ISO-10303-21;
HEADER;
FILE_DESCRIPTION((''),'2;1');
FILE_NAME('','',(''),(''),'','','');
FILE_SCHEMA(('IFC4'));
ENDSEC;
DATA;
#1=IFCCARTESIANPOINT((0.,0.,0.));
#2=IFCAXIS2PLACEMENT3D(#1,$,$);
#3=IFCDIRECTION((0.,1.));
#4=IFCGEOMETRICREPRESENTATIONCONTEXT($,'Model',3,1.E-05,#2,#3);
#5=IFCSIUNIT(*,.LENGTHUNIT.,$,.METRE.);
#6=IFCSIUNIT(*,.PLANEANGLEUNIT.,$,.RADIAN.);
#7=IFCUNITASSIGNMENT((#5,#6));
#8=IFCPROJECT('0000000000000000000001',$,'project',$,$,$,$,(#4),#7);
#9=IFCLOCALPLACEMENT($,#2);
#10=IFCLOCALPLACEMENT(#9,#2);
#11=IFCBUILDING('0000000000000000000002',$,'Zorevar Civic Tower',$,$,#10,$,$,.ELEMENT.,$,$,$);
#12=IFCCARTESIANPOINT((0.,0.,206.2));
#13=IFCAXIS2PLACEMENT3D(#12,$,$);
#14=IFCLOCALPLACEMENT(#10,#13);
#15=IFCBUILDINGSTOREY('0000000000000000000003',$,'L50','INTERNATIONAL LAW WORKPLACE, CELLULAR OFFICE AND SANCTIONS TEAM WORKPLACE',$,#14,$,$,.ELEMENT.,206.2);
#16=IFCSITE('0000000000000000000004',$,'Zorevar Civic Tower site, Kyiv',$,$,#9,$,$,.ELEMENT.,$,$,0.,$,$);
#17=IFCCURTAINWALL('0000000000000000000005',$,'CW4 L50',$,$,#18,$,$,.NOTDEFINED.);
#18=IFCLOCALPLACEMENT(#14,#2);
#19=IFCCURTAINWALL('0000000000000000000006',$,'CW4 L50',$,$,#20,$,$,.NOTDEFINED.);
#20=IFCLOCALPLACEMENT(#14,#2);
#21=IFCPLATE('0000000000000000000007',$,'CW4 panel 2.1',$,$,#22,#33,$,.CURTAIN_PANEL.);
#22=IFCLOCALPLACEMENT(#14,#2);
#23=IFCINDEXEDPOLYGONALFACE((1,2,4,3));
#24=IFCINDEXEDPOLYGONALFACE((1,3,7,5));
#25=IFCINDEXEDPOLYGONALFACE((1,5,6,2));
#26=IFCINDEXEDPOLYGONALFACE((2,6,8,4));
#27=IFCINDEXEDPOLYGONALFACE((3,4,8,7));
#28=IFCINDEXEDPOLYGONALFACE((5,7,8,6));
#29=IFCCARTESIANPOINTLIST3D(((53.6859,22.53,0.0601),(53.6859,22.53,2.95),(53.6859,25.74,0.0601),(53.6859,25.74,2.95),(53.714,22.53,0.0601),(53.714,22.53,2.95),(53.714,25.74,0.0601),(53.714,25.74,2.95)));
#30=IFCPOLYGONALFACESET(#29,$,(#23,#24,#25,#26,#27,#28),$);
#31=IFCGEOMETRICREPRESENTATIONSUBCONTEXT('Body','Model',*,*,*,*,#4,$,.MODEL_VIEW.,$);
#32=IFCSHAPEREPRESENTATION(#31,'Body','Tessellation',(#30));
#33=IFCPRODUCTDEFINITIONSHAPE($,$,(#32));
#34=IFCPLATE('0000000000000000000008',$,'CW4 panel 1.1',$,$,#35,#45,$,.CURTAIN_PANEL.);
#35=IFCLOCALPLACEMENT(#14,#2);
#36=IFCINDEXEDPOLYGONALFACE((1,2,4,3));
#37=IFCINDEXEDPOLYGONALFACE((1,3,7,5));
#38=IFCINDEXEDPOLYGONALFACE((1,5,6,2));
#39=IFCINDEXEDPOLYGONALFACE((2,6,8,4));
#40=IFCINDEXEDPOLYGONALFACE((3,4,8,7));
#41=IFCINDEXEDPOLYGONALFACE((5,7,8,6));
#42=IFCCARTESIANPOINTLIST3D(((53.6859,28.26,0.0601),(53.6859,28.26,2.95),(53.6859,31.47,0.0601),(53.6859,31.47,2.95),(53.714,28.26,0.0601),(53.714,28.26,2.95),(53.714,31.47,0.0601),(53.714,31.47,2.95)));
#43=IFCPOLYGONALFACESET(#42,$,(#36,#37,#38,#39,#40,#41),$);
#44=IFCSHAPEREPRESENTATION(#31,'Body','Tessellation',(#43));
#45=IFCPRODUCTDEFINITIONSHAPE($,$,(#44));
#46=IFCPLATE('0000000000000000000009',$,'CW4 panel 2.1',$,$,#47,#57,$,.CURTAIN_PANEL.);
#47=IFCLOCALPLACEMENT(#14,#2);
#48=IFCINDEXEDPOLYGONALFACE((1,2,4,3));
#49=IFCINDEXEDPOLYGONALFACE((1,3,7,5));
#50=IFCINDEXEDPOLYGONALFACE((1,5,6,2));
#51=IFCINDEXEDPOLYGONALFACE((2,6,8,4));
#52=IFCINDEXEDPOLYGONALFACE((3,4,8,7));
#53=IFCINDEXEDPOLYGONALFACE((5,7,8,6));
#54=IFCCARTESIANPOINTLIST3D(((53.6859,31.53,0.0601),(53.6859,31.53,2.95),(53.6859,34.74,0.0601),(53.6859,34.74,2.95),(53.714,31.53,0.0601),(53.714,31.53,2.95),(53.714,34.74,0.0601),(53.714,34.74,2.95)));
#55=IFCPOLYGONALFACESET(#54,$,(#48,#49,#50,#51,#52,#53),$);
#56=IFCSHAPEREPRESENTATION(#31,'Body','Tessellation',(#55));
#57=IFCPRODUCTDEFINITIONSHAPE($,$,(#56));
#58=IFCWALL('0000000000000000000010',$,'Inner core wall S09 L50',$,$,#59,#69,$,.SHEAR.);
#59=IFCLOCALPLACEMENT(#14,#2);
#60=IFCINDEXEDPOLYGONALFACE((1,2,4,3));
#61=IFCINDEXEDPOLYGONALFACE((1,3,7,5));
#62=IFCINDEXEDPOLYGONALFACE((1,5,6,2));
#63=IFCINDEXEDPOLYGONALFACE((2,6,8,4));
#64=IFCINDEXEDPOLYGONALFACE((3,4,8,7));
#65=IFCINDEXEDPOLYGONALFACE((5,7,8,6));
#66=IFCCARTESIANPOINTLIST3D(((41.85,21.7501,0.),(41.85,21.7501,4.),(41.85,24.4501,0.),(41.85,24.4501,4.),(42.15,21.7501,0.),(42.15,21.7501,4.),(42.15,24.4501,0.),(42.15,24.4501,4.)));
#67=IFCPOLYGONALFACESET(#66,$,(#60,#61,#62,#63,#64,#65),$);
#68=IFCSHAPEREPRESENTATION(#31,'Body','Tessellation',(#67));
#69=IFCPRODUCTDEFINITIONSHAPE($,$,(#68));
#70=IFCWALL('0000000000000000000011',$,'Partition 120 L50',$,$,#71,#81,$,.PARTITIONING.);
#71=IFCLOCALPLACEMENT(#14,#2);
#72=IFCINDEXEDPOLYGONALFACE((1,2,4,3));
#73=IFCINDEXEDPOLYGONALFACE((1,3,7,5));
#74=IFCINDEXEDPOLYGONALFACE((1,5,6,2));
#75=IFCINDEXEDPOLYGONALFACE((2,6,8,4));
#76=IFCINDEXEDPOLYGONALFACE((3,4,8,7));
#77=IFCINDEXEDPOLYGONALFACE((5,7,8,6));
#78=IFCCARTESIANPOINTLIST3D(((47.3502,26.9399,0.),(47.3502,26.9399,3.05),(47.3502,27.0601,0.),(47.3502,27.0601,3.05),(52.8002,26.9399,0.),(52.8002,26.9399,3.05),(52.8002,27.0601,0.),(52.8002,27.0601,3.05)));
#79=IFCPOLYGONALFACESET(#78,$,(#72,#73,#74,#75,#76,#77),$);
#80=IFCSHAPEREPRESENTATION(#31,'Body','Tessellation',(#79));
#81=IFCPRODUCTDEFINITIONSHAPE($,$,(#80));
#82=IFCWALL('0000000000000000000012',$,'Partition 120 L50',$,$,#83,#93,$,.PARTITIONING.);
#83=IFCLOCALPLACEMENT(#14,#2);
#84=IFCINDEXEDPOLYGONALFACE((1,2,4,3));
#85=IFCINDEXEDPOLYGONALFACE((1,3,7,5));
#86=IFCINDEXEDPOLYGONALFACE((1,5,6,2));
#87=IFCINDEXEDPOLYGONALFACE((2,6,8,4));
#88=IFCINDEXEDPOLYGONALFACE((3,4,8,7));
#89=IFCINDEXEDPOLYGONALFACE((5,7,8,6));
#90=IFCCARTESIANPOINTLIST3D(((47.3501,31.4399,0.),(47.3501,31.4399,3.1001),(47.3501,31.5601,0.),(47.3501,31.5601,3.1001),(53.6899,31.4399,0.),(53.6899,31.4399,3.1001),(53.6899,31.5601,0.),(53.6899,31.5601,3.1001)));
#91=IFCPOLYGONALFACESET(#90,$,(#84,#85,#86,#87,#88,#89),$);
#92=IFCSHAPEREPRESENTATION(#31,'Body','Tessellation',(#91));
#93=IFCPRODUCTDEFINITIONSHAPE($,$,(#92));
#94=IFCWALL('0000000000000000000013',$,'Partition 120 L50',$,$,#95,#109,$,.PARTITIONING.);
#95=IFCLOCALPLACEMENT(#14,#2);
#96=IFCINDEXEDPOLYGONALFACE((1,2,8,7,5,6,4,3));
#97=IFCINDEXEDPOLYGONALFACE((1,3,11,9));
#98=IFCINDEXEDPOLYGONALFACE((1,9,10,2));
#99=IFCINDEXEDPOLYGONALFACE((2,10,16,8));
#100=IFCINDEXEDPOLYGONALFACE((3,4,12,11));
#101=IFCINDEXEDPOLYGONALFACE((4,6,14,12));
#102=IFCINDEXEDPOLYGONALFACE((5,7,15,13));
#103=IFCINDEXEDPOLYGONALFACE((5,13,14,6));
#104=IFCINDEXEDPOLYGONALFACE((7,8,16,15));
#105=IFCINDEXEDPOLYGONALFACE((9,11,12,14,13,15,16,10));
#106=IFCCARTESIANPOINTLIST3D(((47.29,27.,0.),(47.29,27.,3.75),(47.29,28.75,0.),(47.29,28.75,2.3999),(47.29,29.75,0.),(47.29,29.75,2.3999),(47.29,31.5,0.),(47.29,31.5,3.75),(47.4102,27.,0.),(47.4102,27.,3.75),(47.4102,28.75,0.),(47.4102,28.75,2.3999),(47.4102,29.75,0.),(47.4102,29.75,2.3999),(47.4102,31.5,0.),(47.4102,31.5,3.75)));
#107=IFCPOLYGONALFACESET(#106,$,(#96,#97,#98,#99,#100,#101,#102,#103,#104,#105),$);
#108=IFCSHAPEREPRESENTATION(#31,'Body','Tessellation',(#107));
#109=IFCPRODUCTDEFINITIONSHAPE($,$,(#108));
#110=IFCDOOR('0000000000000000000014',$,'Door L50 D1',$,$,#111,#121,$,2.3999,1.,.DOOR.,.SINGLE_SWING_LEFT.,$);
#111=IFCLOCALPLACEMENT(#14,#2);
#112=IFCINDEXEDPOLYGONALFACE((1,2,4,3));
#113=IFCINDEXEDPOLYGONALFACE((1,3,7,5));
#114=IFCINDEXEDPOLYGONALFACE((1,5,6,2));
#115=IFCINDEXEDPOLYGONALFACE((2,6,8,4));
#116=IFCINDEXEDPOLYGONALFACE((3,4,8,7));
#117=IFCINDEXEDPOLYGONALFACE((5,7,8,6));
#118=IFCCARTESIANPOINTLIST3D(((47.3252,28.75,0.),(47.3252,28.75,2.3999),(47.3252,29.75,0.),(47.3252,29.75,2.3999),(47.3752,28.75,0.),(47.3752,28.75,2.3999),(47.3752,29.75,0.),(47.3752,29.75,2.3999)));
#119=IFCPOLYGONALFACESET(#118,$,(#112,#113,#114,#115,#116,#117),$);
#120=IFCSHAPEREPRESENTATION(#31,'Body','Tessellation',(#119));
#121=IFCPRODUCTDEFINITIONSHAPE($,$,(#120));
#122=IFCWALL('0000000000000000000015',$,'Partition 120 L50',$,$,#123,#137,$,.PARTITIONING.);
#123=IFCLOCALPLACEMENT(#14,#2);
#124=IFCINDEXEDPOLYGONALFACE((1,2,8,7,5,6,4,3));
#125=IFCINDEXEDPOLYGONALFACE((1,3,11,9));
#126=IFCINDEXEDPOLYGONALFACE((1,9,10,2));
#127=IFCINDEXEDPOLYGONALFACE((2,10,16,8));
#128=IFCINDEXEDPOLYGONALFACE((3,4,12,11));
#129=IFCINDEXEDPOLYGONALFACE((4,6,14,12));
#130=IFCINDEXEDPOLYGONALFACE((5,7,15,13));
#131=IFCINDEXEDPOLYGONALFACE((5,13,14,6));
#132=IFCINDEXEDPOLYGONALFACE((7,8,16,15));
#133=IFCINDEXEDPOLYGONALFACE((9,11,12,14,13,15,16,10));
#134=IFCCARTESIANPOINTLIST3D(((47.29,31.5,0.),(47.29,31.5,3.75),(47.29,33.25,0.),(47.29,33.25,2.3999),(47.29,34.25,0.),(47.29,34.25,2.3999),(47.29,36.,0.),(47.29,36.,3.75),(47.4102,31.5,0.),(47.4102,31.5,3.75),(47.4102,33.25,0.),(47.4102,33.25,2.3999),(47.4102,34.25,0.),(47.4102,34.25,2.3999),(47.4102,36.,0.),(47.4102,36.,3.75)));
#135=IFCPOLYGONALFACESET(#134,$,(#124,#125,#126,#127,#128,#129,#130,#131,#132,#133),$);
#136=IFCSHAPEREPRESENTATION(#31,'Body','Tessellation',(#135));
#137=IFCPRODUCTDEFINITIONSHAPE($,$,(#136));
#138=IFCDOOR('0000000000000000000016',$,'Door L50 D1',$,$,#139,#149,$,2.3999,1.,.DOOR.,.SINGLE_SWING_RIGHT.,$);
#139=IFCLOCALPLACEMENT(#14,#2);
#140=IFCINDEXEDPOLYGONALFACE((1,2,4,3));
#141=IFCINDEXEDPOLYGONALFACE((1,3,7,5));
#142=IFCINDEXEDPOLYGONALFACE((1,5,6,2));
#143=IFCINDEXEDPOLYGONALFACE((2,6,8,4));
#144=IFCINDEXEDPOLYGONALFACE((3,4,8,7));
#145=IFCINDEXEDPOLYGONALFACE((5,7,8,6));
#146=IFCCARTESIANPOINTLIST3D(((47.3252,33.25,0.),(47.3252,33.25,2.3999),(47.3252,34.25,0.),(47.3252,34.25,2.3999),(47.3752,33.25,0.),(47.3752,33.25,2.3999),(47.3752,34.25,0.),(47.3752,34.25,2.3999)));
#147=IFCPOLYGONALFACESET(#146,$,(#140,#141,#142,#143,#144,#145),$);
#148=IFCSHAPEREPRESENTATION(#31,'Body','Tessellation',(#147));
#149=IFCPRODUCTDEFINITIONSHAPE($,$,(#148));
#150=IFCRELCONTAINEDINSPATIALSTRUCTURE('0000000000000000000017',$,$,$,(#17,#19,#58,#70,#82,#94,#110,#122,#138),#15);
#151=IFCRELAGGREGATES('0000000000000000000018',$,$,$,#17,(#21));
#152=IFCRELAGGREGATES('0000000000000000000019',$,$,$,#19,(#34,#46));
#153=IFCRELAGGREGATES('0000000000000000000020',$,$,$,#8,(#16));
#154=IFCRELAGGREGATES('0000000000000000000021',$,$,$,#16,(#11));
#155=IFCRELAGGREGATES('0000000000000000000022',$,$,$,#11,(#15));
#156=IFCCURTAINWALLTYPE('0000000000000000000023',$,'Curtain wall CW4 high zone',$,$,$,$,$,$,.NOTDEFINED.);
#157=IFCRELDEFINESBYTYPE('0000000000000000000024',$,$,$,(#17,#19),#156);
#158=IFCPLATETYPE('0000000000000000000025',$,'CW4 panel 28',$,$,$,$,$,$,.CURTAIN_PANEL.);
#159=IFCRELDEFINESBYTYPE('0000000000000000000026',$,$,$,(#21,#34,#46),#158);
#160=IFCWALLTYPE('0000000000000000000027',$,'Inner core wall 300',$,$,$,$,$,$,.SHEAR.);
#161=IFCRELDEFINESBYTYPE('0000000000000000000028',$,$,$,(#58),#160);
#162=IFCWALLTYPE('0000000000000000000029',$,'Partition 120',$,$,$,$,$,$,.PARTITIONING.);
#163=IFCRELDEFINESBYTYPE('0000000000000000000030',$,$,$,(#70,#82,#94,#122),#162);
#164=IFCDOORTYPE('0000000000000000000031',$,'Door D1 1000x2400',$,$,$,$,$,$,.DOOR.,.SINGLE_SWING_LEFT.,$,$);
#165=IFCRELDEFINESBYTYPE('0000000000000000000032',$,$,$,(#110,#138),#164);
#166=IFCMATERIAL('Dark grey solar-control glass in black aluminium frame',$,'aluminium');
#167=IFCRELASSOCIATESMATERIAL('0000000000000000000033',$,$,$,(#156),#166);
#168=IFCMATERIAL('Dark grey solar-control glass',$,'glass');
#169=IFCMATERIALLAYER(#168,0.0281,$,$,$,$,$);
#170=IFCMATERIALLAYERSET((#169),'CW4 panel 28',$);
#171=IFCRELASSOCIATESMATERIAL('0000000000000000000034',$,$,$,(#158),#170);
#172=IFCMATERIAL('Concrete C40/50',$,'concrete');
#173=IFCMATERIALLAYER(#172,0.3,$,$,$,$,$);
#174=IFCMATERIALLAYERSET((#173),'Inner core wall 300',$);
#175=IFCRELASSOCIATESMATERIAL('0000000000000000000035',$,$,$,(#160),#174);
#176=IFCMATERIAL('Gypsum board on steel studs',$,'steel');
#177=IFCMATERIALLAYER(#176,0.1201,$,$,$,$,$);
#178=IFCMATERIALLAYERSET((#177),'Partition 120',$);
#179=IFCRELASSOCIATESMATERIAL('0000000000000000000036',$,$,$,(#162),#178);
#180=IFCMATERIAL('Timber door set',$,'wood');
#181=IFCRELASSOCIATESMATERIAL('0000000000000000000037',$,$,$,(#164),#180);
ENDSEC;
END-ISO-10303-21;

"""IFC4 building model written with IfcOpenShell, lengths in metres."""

from ifc_helpers import new_model, si_unit, direction, frame, frame_2d, origin, origin_2d, place, context, subcontext, project, spatial, rectangle, extrude, material, layer, layer_set, type_object, element, fill, aggregate, save


model = new_model("IFC4")

# Units and contexts
model_context = context("Model", 3, precision=1e-05, world=origin(), true_north=direction((0.0, 1.0)))
body_context = subcontext(model_context, "Body", "Model", "MODEL_VIEW")
ifc_project = project(units=[si_unit("LENGTHUNIT", "METRE"), si_unit("PLANEANGLEUNIT", "RADIAN")], contexts=[model_context])

# Site, building, storey
site_placement = place(None, origin())
site = spatial("IfcSite", under=ifc_project, at=site_placement, Name="Zorevar Civic Tower site, Kyiv", CompositionType="ELEMENT", RefElevation=0.0)
building_placement = place(site_placement, origin())
building = spatial("IfcBuilding", under=site, at=building_placement, Name="Zorevar Civic Tower", CompositionType="ELEMENT")
storey_placement = place(building_placement, frame((0.0, 0.0, 206.2)))
storey = spatial("IfcBuildingStorey", under=building, at=storey_placement, Name="L50", Description="INTERNATIONAL LAW WORKPLACE, CELLULAR OFFICE AND SANCTIONS TEAM WORKPLACE", CompositionType="ELEMENT", Elevation=206.2)

# Curtain walls
ifc_material_1 = material(Name="Dark grey solar-control glass in black aluminium frame", Category="aluminium")
curtain_wall_type = type_object("IfcCurtainWallType", Name="Curtain wall CW4 high zone", PredefinedType="NOTDEFINED", material=ifc_material_1)
curtain_wall_1_placement = place(storey_placement, origin())
curtain_wall_1 = element("IfcCurtainWall", 1, at=curtain_wall_1_placement, inside=storey, type_object=curtain_wall_type, Name="CW4 L50", PredefinedType="NOTDEFINED")
curtain_wall_2_placement = place(storey_placement, origin())
curtain_wall_2 = element("IfcCurtainWall", 2, at=curtain_wall_2_placement, inside=storey, type_object=curtain_wall_type, Name="CW4 L50", PredefinedType="NOTDEFINED")

# Plates
ifc_material_2 = material(Name="Dark grey solar-control glass", Category="glass")
ifc_layer_1 = layer(ifc_material_2, 0.0281)
ifc_layer_set_1 = layer_set([ifc_layer_1], Name="CW4 panel 28")
plate_type = type_object("IfcPlateType", Name="CW4 panel 28", PredefinedType="CURTAIN_PANEL", material=ifc_layer_set_1)
plate_1_placement = place(storey_placement, frame((53.7, 24.135, 0.0601), z_axis=(0.0, 0.0, 1.0), x_axis=(0.0, 1.0, 0.0)))
plate_1 = element("IfcPlate", 3, at=plate_1_placement, type_object=plate_type, Name="CW4 panel 2.1", PredefinedType="CURTAIN_PANEL", context=body_context, shape_type="SweptSolid", body=[
    extrude(rectangle(XDim=3.21, YDim=0.0281, at=origin_2d()), origin(), (0.0, 0.0, 1.0), 2.8899),
])
aggregate(curtain_wall_1, [plate_1])
plate_2_placement = place(storey_placement, frame((53.7, 29.865, 0.0601), z_axis=(0.0, 0.0, 1.0), x_axis=(0.0, 1.0, 0.0)))
plate_2 = element("IfcPlate", 4, at=plate_2_placement, type_object=plate_type, Name="CW4 panel 1.1", PredefinedType="CURTAIN_PANEL", context=body_context, shape_type="SweptSolid", body=[
    extrude(rectangle(XDim=3.21, YDim=0.0281, at=origin_2d()), origin(), (0.0, 0.0, 1.0), 2.8899),
])
plate_3_placement = place(storey_placement, frame((53.7, 33.135, 0.0601), z_axis=(0.0, 0.0, 1.0), x_axis=(0.0, 1.0, 0.0)))
plate_3 = element("IfcPlate", 5, at=plate_3_placement, type_object=plate_type, Name="CW4 panel 2.1", PredefinedType="CURTAIN_PANEL", context=body_context, shape_type="SweptSolid", body=[
    extrude(rectangle(XDim=3.21, YDim=0.0281, at=origin_2d()), origin(), (0.0, 0.0, 1.0), 2.8899),
])
aggregate(curtain_wall_2, [plate_2, plate_3])

# Shared definitions
ifc_material_3 = material(Name="Concrete C40/50", Category="concrete")
ifc_layer_2 = layer(ifc_material_3, 0.3)
ifc_layer_set_2 = layer_set([ifc_layer_2], Name="Inner core wall 300")
wall_type_1 = type_object("IfcWallType", Name="Inner core wall 300", PredefinedType="SHEAR", material=ifc_layer_set_2)

# Walls
wall_1_placement = place(storey_placement, frame((42.0, 21.75, 0.0), z_axis=(0.0, 0.0, 1.0), x_axis=(0.0, 1.0, 0.0)))
element("IfcWall", 6, at=wall_1_placement, inside=storey, type_object=wall_type_1, Name="Inner core wall S09 L50", PredefinedType="SHEAR", context=body_context, shape_type="SweptSolid", body=[
    extrude(rectangle(XDim=2.7, YDim=0.3, at=frame_2d((1.3501, 0.0))), origin(), (0.0, 0.0, 1.0), 4.0),
])
ifc_material_4 = material(Name="Gypsum board on steel studs", Category="steel")
ifc_layer_3 = layer(ifc_material_4, 0.1201)
ifc_layer_set_3 = layer_set([ifc_layer_3], Name="Partition 120")
wall_type_2 = type_object("IfcWallType", Name="Partition 120", PredefinedType="PARTITIONING", material=ifc_layer_set_3)
wall_2_placement = place(storey_placement, frame((47.3501, 27.0, 0.0), z_axis=(0.0, 0.0, 1.0), x_axis=(1.0, 0.0, 0.0)))
element("IfcWall", 7, at=wall_2_placement, inside=storey, type_object=wall_type_2, Name="Partition 120 L50", PredefinedType="PARTITIONING", context=body_context, shape_type="SweptSolid", body=[
    extrude(rectangle(XDim=5.45, YDim=0.1201, at=frame_2d((2.7251, 0.0))), origin(), (0.0, 0.0, 1.0), 3.05),
])
wall_3_placement = place(storey_placement, frame((47.3501, 31.5, 0.0), z_axis=(0.0, 0.0, 1.0), x_axis=(1.0, 0.0, 0.0)))
element("IfcWall", 8, at=wall_3_placement, inside=storey, type_object=wall_type_2, Name="Partition 120 L50", PredefinedType="PARTITIONING", context=body_context, shape_type="SweptSolid", body=[
    extrude(rectangle(XDim=6.3398, YDim=0.1201, at=frame_2d((3.1699, 0.0))), origin(), (0.0, 0.0, 1.0), 3.1001),
])

# Walls, openings, doors
wall_4_placement = place(storey_placement, frame((47.3501, 27.0, 0.0), z_axis=(0.0, 0.0, 1.0), x_axis=(0.0, 1.0, 0.0)))
wall_4 = element("IfcWall", 9, at=wall_4_placement, inside=storey, type_object=wall_type_2, Name="Partition 120 L50", PredefinedType="PARTITIONING", context=body_context, shape_type="SweptSolid", body=[
    extrude(rectangle(XDim=4.5, YDim=0.1201, at=frame_2d((2.25, 0.0))), origin(), (0.0, 0.0, 1.0), 3.75),
])
opening_1_placement = place(wall_4_placement, frame((1.75, 0.0, 0.0)))
opening_1 = element("IfcOpeningElement", 10, at=opening_1_placement, cuts=wall_4, PredefinedType="OPENING", context=body_context, shape_type="SweptSolid", body=[
    extrude(rectangle(XDim=1.0, YDim=2.3999, at=frame_2d((0.5, 1.2))), frame((0.0, 0.0701, 0.0), z_axis=(0.0, -1.0, 0.0), x_axis=(1.0, 0.0, 0.0)), (0.0, 0.0, 1.0), 0.1401),
])
ifc_material_5 = material(Name="Timber door set", Category="wood")
door_type_1 = type_object("IfcDoorType", Name="Door D1 1000x2400", OperationType="SINGLE_SWING_LEFT", PredefinedType="DOOR", material=ifc_material_5)
door_1_placement = place(opening_1_placement, origin())
door_1 = element("IfcDoor", 11, at=door_1_placement, inside=storey, type_object=door_type_1, Name="Door L50 D1", OperationType="SINGLE_SWING_LEFT", OverallHeight=2.3999, OverallWidth=1.0, PredefinedType="DOOR", context=body_context, shape_type="SweptSolid", body=[
    extrude(rectangle(XDim=1.0, YDim=2.3999, at=frame_2d((0.5, 1.2))), frame((0.0, 0.0249, 0.0), z_axis=(0.0, -1.0, 0.0), x_axis=(1.0, 0.0, 0.0)), (0.0, 0.0, 1.0), 0.05),
])
fill(opening_1, door_1)
wall_5_placement = place(storey_placement, frame((47.3501, 31.5, 0.0), z_axis=(0.0, 0.0, 1.0), x_axis=(0.0, 1.0, 0.0)))
wall_5 = element("IfcWall", 12, at=wall_5_placement, inside=storey, type_object=wall_type_2, Name="Partition 120 L50", PredefinedType="PARTITIONING", context=body_context, shape_type="SweptSolid", body=[
    extrude(rectangle(XDim=4.5, YDim=0.1201, at=frame_2d((2.25, 0.0))), origin(), (0.0, 0.0, 1.0), 3.75),
])
opening_2_placement = place(wall_5_placement, frame((1.75, 0.0, 0.0)))
opening_2 = element("IfcOpeningElement", 13, at=opening_2_placement, cuts=wall_5, PredefinedType="OPENING", context=body_context, shape_type="SweptSolid", body=[
    extrude(rectangle(XDim=1.0, YDim=2.3999, at=frame_2d((0.5, 1.2))), frame((0.0, 0.0701, 0.0), z_axis=(0.0, -1.0, 0.0), x_axis=(1.0, 0.0, 0.0)), (0.0, 0.0, 1.0), 0.1401),
])
door_2_placement = place(opening_2_placement, origin())
door_2 = element("IfcDoor", 14, at=door_2_placement, inside=storey, type_object=door_type_1, Name="Door L50 D1", OperationType="SINGLE_SWING_RIGHT", OverallHeight=2.3999, OverallWidth=1.0, PredefinedType="DOOR", context=body_context, shape_type="SweptSolid", body=[
    extrude(rectangle(XDim=1.0, YDim=2.3999, at=frame_2d((0.5, 1.2))), frame((0.0, 0.0249, 0.0), z_axis=(0.0, -1.0, 0.0), x_axis=(1.0, 0.0, 0.0)), (0.0, 0.0, 1.0), 0.05),
])
fill(opening_2, door_2)

save(model, "model.ifc")
